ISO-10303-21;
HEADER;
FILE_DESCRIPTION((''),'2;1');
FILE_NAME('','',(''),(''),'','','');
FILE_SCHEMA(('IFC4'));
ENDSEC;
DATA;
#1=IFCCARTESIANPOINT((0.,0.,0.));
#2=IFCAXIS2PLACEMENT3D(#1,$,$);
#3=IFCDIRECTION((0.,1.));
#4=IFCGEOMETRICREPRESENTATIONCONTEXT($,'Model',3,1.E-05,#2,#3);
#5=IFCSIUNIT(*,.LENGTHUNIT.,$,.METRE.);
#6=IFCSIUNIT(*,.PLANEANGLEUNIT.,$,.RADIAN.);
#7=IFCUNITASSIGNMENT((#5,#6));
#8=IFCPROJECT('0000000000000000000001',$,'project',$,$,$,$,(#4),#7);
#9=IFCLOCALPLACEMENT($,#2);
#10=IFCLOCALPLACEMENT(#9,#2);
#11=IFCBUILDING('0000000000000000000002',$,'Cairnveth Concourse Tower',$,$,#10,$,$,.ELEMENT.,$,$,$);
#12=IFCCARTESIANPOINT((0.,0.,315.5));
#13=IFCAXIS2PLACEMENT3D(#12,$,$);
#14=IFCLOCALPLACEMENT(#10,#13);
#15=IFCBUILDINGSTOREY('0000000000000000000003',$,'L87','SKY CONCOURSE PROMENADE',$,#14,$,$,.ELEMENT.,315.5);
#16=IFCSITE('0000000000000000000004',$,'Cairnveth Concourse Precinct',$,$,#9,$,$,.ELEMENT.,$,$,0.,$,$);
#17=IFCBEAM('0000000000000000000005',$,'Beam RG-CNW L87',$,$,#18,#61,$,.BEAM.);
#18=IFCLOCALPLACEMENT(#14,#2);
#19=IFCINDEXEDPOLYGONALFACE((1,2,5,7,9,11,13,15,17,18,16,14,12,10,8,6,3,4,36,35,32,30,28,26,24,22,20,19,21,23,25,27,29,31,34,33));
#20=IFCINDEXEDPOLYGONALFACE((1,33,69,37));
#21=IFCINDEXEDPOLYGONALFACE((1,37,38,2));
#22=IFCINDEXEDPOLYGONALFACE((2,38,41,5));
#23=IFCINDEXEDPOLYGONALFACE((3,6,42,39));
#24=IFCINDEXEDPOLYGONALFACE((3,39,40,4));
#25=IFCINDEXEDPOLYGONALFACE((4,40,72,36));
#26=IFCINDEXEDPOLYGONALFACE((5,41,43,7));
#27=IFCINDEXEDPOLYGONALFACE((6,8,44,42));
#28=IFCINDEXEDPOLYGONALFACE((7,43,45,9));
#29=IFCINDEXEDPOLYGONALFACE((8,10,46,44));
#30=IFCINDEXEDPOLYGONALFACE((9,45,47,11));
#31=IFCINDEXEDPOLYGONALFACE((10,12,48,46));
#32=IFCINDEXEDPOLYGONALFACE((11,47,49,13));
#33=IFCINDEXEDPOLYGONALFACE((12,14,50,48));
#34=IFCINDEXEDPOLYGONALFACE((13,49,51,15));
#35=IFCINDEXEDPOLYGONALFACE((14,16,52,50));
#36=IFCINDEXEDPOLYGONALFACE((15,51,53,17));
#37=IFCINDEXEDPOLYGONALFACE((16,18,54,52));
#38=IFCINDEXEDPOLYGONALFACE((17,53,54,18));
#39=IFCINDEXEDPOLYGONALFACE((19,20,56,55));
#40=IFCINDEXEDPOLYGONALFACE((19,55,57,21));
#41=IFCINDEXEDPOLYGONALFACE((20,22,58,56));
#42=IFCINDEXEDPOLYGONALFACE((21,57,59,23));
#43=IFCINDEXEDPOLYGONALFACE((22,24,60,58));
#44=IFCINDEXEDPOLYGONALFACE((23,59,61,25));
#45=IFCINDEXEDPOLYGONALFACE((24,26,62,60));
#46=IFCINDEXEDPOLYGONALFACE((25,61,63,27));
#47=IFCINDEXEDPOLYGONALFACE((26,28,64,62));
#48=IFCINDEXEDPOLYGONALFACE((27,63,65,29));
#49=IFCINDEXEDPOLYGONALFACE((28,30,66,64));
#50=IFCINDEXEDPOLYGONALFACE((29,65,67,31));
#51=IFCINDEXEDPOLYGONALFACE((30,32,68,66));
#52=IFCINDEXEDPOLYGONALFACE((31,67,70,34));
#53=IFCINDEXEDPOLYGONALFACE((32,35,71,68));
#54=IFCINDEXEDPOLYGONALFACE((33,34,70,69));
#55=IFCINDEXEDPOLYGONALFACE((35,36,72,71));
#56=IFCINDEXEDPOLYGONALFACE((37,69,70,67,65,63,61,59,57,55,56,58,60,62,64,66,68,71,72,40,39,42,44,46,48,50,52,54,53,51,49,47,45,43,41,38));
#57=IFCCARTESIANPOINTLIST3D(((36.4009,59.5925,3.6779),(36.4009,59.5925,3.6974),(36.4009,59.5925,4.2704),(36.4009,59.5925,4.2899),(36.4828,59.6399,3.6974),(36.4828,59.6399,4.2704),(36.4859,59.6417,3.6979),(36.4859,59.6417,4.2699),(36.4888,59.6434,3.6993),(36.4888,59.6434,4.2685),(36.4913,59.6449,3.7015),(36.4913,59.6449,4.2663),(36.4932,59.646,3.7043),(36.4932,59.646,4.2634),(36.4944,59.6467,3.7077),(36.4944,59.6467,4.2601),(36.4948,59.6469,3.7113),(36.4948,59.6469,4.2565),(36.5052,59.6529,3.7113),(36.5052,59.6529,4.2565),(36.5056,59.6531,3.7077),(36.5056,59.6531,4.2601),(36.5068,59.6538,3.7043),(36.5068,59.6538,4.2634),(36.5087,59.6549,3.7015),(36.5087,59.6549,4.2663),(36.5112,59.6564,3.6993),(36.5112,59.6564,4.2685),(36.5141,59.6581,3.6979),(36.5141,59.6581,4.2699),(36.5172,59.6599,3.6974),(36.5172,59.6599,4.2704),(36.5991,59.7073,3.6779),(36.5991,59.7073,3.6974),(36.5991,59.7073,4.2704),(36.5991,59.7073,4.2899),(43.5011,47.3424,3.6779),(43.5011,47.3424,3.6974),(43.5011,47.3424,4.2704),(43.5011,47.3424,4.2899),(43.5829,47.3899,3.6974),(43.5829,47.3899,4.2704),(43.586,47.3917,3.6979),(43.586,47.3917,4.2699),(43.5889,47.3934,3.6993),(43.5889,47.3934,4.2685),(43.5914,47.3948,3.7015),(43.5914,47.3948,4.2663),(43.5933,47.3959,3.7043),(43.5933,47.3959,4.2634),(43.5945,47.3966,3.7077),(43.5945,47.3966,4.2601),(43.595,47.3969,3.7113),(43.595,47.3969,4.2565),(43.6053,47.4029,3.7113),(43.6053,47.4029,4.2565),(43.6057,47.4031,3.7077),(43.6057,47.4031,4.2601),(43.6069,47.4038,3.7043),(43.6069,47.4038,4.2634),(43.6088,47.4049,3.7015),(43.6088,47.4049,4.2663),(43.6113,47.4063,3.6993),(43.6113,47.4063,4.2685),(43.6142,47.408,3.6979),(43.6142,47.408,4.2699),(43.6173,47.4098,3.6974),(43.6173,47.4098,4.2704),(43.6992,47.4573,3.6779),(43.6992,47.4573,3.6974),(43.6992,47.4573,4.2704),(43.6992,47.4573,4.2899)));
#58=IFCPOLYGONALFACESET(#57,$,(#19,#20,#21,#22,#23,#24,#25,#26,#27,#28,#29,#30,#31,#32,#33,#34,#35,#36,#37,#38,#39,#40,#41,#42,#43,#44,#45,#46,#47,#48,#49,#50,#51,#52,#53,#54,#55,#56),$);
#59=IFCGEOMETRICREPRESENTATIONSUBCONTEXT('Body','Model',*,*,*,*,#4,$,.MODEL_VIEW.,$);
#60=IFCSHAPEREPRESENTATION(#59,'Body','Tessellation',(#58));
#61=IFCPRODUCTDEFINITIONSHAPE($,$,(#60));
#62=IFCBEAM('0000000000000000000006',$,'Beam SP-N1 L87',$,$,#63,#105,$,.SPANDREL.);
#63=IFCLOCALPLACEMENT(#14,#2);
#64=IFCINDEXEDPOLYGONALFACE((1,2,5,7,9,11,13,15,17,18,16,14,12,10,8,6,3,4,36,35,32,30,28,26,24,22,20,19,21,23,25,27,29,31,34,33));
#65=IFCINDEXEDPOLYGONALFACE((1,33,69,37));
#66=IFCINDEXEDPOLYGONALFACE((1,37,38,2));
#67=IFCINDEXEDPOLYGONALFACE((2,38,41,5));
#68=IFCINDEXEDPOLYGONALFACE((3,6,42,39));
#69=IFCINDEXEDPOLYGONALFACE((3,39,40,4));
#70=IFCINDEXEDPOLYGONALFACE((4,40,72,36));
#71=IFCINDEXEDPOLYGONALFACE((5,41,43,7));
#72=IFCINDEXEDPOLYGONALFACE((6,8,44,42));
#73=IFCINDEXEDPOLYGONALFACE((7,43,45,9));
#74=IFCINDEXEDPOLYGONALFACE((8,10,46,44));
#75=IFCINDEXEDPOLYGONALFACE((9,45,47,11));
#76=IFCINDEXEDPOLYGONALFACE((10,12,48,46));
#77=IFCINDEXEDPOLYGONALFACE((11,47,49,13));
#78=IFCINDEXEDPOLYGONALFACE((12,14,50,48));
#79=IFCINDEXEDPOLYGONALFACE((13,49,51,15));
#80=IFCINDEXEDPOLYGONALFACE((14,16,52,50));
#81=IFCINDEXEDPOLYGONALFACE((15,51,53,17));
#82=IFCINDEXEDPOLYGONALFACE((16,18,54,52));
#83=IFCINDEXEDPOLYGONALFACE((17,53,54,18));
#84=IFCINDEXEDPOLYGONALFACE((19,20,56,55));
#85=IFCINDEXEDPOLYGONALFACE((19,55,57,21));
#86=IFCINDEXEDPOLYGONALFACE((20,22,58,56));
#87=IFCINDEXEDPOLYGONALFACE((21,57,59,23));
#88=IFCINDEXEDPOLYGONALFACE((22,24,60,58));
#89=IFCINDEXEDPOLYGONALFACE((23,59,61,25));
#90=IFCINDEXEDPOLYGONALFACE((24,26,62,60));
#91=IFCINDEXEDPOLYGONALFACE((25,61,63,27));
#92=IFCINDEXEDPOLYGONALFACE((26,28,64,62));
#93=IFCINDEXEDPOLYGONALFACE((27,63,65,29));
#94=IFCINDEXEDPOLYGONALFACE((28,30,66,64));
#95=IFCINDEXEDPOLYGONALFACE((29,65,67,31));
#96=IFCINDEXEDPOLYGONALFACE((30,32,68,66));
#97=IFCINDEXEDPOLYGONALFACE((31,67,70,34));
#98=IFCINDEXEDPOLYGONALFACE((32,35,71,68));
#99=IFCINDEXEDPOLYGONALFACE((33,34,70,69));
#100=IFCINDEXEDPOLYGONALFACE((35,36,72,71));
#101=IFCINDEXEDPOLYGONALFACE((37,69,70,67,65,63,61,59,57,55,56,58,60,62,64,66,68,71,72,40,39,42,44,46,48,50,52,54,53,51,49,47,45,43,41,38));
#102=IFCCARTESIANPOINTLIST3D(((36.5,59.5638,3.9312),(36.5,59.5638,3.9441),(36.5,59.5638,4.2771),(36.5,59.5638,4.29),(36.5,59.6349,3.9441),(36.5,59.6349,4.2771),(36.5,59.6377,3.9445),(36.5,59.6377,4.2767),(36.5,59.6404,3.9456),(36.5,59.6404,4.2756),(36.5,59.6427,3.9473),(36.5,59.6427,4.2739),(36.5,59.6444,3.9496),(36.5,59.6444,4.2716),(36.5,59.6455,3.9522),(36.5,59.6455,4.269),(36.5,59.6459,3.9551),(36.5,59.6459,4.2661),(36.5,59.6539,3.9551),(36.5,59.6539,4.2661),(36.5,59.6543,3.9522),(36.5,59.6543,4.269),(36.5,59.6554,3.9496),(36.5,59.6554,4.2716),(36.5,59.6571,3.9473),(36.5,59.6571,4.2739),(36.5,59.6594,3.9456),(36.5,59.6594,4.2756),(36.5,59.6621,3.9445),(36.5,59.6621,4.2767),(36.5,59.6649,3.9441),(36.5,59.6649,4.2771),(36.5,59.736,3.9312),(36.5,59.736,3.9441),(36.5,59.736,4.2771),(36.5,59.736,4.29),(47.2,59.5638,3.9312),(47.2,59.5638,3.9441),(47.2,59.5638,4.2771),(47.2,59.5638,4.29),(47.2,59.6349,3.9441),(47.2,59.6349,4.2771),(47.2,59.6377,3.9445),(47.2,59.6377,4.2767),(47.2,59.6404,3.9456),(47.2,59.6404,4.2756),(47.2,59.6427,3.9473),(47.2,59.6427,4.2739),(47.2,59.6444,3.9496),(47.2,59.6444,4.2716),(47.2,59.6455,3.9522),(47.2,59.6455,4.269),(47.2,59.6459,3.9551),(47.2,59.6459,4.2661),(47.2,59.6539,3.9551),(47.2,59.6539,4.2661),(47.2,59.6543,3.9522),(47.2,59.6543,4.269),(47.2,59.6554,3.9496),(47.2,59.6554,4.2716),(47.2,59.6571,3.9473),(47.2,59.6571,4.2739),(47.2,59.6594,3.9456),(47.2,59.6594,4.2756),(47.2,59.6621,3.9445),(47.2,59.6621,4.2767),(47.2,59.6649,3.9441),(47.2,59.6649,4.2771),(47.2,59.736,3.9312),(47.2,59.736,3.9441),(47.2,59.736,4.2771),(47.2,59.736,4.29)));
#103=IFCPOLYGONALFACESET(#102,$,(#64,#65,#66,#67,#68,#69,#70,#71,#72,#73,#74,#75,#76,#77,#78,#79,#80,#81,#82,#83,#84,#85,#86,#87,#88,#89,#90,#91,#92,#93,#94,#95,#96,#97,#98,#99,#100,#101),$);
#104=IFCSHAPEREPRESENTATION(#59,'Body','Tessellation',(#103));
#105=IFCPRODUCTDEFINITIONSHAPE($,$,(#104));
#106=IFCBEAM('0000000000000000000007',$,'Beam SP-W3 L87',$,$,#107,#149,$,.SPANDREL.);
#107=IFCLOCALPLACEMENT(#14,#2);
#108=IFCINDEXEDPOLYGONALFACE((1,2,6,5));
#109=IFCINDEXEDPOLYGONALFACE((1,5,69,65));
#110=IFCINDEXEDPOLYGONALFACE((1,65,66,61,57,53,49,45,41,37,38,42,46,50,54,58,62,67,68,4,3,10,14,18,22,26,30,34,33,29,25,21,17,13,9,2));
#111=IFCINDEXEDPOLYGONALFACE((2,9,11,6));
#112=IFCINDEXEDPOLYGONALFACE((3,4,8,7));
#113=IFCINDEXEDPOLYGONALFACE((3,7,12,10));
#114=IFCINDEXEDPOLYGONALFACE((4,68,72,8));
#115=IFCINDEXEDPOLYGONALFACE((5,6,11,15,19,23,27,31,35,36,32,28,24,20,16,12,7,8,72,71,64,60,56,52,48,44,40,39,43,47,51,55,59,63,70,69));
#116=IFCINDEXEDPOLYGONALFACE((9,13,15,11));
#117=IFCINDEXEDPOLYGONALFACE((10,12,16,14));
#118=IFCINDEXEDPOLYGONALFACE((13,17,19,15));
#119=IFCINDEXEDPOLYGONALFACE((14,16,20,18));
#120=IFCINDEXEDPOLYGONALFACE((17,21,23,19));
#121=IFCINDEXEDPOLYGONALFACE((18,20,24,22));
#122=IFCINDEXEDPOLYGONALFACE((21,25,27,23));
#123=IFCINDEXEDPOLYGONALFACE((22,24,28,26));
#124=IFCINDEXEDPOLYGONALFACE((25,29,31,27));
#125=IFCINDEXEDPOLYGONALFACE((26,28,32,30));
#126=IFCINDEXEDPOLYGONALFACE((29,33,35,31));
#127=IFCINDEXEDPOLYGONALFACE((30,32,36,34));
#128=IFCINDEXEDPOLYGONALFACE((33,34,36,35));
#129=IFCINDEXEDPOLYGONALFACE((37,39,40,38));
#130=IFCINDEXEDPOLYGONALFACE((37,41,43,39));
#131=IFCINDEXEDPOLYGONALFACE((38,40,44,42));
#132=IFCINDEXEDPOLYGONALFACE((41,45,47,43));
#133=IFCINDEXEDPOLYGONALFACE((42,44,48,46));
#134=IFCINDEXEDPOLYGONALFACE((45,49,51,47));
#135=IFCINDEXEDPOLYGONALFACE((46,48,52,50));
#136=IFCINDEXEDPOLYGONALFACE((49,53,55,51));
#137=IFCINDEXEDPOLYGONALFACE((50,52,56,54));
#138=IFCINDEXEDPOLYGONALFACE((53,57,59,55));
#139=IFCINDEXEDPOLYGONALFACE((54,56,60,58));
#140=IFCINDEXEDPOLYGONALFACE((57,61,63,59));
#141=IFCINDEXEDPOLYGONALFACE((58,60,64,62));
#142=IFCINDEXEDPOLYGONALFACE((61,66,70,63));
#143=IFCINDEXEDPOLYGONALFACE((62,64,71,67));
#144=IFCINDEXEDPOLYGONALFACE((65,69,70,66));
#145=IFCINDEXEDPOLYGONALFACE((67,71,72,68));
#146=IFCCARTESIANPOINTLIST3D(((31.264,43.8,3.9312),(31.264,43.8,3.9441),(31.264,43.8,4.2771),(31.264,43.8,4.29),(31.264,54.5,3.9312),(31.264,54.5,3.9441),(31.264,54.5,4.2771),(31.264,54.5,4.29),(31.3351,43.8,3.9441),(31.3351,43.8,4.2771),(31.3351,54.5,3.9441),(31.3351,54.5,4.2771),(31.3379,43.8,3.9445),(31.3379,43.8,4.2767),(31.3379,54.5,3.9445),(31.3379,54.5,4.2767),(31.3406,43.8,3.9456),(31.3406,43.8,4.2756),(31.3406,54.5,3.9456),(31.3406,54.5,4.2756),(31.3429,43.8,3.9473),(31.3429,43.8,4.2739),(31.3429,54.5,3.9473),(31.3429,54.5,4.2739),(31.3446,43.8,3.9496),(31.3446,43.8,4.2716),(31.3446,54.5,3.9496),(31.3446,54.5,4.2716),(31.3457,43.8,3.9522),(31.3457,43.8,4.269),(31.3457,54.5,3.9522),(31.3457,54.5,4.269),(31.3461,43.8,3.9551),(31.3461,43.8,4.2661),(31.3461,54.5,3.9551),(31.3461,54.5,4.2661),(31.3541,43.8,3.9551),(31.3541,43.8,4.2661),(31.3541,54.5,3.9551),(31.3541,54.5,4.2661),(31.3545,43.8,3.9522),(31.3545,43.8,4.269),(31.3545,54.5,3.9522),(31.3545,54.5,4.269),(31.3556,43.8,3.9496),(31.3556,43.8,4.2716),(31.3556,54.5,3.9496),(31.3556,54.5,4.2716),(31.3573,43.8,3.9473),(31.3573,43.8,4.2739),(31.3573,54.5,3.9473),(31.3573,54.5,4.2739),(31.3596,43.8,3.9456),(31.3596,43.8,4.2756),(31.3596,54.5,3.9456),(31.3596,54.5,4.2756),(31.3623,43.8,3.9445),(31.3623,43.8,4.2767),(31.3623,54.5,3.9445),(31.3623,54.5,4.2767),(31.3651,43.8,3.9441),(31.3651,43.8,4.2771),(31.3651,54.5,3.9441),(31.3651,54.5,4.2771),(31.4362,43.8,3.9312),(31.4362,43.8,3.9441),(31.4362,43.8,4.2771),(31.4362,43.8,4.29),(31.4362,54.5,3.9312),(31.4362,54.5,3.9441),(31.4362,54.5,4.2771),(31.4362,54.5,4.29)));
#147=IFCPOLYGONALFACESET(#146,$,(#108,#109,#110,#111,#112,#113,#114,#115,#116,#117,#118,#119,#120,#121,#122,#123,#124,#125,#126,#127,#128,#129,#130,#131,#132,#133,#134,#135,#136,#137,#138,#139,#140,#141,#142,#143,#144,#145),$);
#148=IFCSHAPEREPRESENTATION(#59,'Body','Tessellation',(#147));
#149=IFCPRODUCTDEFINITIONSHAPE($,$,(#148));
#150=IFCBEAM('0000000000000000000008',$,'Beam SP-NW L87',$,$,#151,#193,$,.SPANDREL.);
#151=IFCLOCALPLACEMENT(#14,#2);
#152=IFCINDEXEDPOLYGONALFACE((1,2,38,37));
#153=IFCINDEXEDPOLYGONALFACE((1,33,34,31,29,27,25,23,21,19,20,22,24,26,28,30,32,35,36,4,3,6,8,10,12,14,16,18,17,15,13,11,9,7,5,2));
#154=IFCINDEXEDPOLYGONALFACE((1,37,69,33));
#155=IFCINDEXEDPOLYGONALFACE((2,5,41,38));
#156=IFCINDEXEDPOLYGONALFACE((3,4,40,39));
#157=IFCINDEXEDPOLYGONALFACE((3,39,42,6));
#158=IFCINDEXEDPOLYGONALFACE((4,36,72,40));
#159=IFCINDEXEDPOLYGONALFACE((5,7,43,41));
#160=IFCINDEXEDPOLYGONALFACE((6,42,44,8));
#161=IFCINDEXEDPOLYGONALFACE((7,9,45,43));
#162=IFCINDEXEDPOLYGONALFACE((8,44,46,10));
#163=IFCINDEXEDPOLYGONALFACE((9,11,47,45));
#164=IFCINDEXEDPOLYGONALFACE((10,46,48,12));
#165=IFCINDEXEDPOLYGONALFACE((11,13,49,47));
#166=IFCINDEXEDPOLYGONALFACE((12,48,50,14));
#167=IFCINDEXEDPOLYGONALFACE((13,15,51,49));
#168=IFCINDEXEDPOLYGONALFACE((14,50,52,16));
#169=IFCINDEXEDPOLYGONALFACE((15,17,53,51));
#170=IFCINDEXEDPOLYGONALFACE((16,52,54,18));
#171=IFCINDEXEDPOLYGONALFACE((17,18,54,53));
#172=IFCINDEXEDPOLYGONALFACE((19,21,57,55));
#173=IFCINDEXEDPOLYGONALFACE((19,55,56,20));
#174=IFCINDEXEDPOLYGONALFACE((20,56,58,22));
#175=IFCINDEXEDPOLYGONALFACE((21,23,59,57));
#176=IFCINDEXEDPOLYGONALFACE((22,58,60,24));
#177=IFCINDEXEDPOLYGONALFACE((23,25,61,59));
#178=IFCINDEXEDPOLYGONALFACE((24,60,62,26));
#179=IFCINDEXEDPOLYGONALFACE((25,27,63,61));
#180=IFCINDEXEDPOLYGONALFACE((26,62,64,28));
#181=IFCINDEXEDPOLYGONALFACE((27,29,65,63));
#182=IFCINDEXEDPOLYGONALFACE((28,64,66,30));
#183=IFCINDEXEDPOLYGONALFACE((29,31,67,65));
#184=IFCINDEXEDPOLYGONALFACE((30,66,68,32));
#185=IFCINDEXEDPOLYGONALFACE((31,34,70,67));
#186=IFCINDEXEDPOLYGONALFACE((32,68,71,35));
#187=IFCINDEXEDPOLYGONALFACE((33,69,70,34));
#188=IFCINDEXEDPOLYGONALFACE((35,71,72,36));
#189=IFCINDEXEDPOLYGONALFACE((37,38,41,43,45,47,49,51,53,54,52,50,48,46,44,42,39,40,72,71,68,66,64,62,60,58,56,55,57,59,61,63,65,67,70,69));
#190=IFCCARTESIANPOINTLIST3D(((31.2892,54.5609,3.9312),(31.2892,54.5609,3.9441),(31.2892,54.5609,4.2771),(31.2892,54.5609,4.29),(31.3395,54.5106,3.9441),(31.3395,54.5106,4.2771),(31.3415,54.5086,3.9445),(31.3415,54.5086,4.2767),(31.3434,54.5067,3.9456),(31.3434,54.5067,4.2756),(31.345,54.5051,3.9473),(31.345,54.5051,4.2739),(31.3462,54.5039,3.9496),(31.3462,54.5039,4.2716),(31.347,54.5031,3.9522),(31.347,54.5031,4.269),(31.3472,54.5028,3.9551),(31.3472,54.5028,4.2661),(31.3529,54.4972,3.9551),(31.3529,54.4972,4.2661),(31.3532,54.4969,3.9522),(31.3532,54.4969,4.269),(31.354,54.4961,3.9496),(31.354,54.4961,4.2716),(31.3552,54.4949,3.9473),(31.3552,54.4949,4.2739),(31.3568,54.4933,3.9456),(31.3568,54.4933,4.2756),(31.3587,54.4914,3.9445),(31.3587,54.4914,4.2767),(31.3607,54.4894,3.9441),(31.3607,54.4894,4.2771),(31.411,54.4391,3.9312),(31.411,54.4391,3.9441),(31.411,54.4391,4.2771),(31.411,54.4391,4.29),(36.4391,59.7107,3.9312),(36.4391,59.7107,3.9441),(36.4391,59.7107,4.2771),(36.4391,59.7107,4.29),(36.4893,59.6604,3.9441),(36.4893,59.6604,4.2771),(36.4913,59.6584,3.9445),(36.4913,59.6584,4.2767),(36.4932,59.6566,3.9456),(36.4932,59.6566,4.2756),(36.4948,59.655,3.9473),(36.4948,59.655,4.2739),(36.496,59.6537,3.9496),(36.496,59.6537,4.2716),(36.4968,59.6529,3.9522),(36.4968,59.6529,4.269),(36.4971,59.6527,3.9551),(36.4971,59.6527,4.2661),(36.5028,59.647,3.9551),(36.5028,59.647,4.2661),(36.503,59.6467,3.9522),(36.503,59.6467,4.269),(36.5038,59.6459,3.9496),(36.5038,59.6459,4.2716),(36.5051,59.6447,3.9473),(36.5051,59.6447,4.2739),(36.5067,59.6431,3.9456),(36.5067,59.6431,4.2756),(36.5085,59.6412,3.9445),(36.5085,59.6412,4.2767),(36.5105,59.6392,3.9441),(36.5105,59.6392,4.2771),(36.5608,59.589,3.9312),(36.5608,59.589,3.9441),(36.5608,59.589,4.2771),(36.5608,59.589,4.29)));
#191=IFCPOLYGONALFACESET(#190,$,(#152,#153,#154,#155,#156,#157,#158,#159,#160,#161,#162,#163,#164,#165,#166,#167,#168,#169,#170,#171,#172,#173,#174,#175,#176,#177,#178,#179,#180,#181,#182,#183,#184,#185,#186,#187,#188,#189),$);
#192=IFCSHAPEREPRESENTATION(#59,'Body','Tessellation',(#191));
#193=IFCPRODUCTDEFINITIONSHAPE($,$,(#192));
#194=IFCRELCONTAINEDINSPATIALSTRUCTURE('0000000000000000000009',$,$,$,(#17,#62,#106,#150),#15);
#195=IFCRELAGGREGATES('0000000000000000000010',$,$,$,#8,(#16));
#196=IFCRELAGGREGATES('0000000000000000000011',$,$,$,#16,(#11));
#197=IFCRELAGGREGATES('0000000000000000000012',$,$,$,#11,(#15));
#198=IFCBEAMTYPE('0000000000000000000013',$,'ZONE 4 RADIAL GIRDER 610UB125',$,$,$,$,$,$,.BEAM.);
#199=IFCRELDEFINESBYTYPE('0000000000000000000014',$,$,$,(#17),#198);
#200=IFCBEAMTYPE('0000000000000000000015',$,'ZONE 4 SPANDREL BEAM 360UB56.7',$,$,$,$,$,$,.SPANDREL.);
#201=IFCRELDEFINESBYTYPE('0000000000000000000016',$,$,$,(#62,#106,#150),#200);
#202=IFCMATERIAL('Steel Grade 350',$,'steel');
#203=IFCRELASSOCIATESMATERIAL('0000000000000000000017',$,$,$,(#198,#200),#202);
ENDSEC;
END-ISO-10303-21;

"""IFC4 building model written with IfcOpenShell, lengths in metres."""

from ifc_helpers import new_model, si_unit, direction, frame, origin, origin_2d, place, context, subcontext, project, spatial, i_section, extrude, material, material_profile, profile_set, type_object, element, save


model = new_model("IFC4")

# Units and contexts
model_context = context("Model", 3, precision=1e-05, world=origin(), true_north=direction((0.0, 1.0)))
body_context = subcontext(model_context, "Body", "Model", "MODEL_VIEW")
ifc_project = project(units=[si_unit("LENGTHUNIT", "METRE"), si_unit("PLANEANGLEUNIT", "RADIAN")], contexts=[model_context])

# Site, building, storey
site_placement = place(None, origin())
site = spatial("IfcSite", under=ifc_project, at=site_placement, Name="Cairnveth Concourse Precinct", CompositionType="ELEMENT", RefElevation=0.0)
building_placement = place(site_placement, origin())
building = spatial("IfcBuilding", under=site, at=building_placement, Name="Cairnveth Concourse Tower", CompositionType="ELEMENT")
storey_placement = place(building_placement, frame((0.0, 0.0, 315.5)))
storey = spatial("IfcBuildingStorey", under=building, at=storey_placement, Name="L87", Description="SKY CONCOURSE PROMENADE", CompositionType="ELEMENT", Elevation=315.5)

# Shared definitions
ifc_material_1 = material(Name="Steel Grade 350", Category="steel")

# Beams
ifc_material_profile_1 = material_profile(ifc_material_1, i_section(OverallWidth=0.229, OverallDepth=0.6121, WebThickness=0.012, FlangeThickness=0.0195, FilletRadius=0.0139, at=origin_2d()), Name="610UB125")
ifc_profile_set_1 = profile_set([ifc_material_profile_1], Name="Steel Grade 350")
beam_type_1 = type_object("IfcBeamType", Name="ZONE 4 RADIAL GIRDER 610UB125", PredefinedType="BEAM", material=ifc_profile_set_1)
beam_1_placement = place(storey_placement, frame((36.5, 59.6499, 3.9839), z_axis=(0.501459, -0.865181, 0.0), x_axis=(0.865181, 0.501459, 0.0)))
element("IfcBeam", 1, at=beam_1_placement, inside=storey, type_object=beam_type_1, Name="Beam RG-CNW L87", PredefinedType="BEAM", context=body_context, shape_type="SweptSolid", body=[
    extrude(i_section(OverallWidth=0.229, OverallDepth=0.6121, WebThickness=0.012, FlangeThickness=0.0195, FilletRadius=0.0139, at=origin_2d()), origin(), (0.0, 0.0, 1.0), 14.1589),
])
ifc_material_profile_2 = material_profile(ifc_material_1, i_section(OverallWidth=0.1721, OverallDepth=0.3589, WebThickness=0.0081, FlangeThickness=0.0129, FilletRadius=0.011, at=origin_2d()), Name="360UB56.7")
ifc_profile_set_2 = profile_set([ifc_material_profile_2], Name="Steel Grade 350")
beam_type_2 = type_object("IfcBeamType", Name="ZONE 4 SPANDREL BEAM 360UB56.7", PredefinedType="SPANDREL", material=ifc_profile_set_2)
for number, where, z_axis, x_axis, name in (
    (2, (36.5, 59.6499, 4.1106), (1.0, 0.0, 0.0), (0.0, 1.0, 0.0), "Beam SP-N1 L87"),
    (3, (31.3501, 43.8, 4.1106), (0.0, 1.0, 0.0), (-1.0, 0.0, 0.0), "Beam SP-W3 L87"),
):
    element("IfcBeam", number, at=place(storey_placement, frame(where, z_axis=z_axis, x_axis=x_axis)), inside=storey, type_object=beam_type_2, Name=name, PredefinedType="SPANDREL", context=body_context, shape_type="SweptSolid", body=[
        extrude(i_section(OverallWidth=0.1721, OverallDepth=0.3589, WebThickness=0.0081, FlangeThickness=0.0129, FilletRadius=0.011, at=origin_2d()), origin(), (0.0, 0.0, 1.0), 10.7),
    ])
beam_2_placement = place(storey_placement, frame((31.3501, 54.5, 4.1106), z_axis=(0.707107, 0.707107, 0.0), x_axis=(-0.707107, 0.707107, 0.0)))
element("IfcBeam", 4, at=beam_2_placement, inside=storey, type_object=beam_type_2, Name="Beam SP-NW L87", PredefinedType="SPANDREL", context=body_context, shape_type="SweptSolid", body=[
    extrude(i_section(OverallWidth=0.1721, OverallDepth=0.3589, WebThickness=0.0081, FlangeThickness=0.0129, FilletRadius=0.011, at=origin_2d()), origin(), (0.0, 0.0, 1.0), 7.283),
])

save(model, "model.ifc")
